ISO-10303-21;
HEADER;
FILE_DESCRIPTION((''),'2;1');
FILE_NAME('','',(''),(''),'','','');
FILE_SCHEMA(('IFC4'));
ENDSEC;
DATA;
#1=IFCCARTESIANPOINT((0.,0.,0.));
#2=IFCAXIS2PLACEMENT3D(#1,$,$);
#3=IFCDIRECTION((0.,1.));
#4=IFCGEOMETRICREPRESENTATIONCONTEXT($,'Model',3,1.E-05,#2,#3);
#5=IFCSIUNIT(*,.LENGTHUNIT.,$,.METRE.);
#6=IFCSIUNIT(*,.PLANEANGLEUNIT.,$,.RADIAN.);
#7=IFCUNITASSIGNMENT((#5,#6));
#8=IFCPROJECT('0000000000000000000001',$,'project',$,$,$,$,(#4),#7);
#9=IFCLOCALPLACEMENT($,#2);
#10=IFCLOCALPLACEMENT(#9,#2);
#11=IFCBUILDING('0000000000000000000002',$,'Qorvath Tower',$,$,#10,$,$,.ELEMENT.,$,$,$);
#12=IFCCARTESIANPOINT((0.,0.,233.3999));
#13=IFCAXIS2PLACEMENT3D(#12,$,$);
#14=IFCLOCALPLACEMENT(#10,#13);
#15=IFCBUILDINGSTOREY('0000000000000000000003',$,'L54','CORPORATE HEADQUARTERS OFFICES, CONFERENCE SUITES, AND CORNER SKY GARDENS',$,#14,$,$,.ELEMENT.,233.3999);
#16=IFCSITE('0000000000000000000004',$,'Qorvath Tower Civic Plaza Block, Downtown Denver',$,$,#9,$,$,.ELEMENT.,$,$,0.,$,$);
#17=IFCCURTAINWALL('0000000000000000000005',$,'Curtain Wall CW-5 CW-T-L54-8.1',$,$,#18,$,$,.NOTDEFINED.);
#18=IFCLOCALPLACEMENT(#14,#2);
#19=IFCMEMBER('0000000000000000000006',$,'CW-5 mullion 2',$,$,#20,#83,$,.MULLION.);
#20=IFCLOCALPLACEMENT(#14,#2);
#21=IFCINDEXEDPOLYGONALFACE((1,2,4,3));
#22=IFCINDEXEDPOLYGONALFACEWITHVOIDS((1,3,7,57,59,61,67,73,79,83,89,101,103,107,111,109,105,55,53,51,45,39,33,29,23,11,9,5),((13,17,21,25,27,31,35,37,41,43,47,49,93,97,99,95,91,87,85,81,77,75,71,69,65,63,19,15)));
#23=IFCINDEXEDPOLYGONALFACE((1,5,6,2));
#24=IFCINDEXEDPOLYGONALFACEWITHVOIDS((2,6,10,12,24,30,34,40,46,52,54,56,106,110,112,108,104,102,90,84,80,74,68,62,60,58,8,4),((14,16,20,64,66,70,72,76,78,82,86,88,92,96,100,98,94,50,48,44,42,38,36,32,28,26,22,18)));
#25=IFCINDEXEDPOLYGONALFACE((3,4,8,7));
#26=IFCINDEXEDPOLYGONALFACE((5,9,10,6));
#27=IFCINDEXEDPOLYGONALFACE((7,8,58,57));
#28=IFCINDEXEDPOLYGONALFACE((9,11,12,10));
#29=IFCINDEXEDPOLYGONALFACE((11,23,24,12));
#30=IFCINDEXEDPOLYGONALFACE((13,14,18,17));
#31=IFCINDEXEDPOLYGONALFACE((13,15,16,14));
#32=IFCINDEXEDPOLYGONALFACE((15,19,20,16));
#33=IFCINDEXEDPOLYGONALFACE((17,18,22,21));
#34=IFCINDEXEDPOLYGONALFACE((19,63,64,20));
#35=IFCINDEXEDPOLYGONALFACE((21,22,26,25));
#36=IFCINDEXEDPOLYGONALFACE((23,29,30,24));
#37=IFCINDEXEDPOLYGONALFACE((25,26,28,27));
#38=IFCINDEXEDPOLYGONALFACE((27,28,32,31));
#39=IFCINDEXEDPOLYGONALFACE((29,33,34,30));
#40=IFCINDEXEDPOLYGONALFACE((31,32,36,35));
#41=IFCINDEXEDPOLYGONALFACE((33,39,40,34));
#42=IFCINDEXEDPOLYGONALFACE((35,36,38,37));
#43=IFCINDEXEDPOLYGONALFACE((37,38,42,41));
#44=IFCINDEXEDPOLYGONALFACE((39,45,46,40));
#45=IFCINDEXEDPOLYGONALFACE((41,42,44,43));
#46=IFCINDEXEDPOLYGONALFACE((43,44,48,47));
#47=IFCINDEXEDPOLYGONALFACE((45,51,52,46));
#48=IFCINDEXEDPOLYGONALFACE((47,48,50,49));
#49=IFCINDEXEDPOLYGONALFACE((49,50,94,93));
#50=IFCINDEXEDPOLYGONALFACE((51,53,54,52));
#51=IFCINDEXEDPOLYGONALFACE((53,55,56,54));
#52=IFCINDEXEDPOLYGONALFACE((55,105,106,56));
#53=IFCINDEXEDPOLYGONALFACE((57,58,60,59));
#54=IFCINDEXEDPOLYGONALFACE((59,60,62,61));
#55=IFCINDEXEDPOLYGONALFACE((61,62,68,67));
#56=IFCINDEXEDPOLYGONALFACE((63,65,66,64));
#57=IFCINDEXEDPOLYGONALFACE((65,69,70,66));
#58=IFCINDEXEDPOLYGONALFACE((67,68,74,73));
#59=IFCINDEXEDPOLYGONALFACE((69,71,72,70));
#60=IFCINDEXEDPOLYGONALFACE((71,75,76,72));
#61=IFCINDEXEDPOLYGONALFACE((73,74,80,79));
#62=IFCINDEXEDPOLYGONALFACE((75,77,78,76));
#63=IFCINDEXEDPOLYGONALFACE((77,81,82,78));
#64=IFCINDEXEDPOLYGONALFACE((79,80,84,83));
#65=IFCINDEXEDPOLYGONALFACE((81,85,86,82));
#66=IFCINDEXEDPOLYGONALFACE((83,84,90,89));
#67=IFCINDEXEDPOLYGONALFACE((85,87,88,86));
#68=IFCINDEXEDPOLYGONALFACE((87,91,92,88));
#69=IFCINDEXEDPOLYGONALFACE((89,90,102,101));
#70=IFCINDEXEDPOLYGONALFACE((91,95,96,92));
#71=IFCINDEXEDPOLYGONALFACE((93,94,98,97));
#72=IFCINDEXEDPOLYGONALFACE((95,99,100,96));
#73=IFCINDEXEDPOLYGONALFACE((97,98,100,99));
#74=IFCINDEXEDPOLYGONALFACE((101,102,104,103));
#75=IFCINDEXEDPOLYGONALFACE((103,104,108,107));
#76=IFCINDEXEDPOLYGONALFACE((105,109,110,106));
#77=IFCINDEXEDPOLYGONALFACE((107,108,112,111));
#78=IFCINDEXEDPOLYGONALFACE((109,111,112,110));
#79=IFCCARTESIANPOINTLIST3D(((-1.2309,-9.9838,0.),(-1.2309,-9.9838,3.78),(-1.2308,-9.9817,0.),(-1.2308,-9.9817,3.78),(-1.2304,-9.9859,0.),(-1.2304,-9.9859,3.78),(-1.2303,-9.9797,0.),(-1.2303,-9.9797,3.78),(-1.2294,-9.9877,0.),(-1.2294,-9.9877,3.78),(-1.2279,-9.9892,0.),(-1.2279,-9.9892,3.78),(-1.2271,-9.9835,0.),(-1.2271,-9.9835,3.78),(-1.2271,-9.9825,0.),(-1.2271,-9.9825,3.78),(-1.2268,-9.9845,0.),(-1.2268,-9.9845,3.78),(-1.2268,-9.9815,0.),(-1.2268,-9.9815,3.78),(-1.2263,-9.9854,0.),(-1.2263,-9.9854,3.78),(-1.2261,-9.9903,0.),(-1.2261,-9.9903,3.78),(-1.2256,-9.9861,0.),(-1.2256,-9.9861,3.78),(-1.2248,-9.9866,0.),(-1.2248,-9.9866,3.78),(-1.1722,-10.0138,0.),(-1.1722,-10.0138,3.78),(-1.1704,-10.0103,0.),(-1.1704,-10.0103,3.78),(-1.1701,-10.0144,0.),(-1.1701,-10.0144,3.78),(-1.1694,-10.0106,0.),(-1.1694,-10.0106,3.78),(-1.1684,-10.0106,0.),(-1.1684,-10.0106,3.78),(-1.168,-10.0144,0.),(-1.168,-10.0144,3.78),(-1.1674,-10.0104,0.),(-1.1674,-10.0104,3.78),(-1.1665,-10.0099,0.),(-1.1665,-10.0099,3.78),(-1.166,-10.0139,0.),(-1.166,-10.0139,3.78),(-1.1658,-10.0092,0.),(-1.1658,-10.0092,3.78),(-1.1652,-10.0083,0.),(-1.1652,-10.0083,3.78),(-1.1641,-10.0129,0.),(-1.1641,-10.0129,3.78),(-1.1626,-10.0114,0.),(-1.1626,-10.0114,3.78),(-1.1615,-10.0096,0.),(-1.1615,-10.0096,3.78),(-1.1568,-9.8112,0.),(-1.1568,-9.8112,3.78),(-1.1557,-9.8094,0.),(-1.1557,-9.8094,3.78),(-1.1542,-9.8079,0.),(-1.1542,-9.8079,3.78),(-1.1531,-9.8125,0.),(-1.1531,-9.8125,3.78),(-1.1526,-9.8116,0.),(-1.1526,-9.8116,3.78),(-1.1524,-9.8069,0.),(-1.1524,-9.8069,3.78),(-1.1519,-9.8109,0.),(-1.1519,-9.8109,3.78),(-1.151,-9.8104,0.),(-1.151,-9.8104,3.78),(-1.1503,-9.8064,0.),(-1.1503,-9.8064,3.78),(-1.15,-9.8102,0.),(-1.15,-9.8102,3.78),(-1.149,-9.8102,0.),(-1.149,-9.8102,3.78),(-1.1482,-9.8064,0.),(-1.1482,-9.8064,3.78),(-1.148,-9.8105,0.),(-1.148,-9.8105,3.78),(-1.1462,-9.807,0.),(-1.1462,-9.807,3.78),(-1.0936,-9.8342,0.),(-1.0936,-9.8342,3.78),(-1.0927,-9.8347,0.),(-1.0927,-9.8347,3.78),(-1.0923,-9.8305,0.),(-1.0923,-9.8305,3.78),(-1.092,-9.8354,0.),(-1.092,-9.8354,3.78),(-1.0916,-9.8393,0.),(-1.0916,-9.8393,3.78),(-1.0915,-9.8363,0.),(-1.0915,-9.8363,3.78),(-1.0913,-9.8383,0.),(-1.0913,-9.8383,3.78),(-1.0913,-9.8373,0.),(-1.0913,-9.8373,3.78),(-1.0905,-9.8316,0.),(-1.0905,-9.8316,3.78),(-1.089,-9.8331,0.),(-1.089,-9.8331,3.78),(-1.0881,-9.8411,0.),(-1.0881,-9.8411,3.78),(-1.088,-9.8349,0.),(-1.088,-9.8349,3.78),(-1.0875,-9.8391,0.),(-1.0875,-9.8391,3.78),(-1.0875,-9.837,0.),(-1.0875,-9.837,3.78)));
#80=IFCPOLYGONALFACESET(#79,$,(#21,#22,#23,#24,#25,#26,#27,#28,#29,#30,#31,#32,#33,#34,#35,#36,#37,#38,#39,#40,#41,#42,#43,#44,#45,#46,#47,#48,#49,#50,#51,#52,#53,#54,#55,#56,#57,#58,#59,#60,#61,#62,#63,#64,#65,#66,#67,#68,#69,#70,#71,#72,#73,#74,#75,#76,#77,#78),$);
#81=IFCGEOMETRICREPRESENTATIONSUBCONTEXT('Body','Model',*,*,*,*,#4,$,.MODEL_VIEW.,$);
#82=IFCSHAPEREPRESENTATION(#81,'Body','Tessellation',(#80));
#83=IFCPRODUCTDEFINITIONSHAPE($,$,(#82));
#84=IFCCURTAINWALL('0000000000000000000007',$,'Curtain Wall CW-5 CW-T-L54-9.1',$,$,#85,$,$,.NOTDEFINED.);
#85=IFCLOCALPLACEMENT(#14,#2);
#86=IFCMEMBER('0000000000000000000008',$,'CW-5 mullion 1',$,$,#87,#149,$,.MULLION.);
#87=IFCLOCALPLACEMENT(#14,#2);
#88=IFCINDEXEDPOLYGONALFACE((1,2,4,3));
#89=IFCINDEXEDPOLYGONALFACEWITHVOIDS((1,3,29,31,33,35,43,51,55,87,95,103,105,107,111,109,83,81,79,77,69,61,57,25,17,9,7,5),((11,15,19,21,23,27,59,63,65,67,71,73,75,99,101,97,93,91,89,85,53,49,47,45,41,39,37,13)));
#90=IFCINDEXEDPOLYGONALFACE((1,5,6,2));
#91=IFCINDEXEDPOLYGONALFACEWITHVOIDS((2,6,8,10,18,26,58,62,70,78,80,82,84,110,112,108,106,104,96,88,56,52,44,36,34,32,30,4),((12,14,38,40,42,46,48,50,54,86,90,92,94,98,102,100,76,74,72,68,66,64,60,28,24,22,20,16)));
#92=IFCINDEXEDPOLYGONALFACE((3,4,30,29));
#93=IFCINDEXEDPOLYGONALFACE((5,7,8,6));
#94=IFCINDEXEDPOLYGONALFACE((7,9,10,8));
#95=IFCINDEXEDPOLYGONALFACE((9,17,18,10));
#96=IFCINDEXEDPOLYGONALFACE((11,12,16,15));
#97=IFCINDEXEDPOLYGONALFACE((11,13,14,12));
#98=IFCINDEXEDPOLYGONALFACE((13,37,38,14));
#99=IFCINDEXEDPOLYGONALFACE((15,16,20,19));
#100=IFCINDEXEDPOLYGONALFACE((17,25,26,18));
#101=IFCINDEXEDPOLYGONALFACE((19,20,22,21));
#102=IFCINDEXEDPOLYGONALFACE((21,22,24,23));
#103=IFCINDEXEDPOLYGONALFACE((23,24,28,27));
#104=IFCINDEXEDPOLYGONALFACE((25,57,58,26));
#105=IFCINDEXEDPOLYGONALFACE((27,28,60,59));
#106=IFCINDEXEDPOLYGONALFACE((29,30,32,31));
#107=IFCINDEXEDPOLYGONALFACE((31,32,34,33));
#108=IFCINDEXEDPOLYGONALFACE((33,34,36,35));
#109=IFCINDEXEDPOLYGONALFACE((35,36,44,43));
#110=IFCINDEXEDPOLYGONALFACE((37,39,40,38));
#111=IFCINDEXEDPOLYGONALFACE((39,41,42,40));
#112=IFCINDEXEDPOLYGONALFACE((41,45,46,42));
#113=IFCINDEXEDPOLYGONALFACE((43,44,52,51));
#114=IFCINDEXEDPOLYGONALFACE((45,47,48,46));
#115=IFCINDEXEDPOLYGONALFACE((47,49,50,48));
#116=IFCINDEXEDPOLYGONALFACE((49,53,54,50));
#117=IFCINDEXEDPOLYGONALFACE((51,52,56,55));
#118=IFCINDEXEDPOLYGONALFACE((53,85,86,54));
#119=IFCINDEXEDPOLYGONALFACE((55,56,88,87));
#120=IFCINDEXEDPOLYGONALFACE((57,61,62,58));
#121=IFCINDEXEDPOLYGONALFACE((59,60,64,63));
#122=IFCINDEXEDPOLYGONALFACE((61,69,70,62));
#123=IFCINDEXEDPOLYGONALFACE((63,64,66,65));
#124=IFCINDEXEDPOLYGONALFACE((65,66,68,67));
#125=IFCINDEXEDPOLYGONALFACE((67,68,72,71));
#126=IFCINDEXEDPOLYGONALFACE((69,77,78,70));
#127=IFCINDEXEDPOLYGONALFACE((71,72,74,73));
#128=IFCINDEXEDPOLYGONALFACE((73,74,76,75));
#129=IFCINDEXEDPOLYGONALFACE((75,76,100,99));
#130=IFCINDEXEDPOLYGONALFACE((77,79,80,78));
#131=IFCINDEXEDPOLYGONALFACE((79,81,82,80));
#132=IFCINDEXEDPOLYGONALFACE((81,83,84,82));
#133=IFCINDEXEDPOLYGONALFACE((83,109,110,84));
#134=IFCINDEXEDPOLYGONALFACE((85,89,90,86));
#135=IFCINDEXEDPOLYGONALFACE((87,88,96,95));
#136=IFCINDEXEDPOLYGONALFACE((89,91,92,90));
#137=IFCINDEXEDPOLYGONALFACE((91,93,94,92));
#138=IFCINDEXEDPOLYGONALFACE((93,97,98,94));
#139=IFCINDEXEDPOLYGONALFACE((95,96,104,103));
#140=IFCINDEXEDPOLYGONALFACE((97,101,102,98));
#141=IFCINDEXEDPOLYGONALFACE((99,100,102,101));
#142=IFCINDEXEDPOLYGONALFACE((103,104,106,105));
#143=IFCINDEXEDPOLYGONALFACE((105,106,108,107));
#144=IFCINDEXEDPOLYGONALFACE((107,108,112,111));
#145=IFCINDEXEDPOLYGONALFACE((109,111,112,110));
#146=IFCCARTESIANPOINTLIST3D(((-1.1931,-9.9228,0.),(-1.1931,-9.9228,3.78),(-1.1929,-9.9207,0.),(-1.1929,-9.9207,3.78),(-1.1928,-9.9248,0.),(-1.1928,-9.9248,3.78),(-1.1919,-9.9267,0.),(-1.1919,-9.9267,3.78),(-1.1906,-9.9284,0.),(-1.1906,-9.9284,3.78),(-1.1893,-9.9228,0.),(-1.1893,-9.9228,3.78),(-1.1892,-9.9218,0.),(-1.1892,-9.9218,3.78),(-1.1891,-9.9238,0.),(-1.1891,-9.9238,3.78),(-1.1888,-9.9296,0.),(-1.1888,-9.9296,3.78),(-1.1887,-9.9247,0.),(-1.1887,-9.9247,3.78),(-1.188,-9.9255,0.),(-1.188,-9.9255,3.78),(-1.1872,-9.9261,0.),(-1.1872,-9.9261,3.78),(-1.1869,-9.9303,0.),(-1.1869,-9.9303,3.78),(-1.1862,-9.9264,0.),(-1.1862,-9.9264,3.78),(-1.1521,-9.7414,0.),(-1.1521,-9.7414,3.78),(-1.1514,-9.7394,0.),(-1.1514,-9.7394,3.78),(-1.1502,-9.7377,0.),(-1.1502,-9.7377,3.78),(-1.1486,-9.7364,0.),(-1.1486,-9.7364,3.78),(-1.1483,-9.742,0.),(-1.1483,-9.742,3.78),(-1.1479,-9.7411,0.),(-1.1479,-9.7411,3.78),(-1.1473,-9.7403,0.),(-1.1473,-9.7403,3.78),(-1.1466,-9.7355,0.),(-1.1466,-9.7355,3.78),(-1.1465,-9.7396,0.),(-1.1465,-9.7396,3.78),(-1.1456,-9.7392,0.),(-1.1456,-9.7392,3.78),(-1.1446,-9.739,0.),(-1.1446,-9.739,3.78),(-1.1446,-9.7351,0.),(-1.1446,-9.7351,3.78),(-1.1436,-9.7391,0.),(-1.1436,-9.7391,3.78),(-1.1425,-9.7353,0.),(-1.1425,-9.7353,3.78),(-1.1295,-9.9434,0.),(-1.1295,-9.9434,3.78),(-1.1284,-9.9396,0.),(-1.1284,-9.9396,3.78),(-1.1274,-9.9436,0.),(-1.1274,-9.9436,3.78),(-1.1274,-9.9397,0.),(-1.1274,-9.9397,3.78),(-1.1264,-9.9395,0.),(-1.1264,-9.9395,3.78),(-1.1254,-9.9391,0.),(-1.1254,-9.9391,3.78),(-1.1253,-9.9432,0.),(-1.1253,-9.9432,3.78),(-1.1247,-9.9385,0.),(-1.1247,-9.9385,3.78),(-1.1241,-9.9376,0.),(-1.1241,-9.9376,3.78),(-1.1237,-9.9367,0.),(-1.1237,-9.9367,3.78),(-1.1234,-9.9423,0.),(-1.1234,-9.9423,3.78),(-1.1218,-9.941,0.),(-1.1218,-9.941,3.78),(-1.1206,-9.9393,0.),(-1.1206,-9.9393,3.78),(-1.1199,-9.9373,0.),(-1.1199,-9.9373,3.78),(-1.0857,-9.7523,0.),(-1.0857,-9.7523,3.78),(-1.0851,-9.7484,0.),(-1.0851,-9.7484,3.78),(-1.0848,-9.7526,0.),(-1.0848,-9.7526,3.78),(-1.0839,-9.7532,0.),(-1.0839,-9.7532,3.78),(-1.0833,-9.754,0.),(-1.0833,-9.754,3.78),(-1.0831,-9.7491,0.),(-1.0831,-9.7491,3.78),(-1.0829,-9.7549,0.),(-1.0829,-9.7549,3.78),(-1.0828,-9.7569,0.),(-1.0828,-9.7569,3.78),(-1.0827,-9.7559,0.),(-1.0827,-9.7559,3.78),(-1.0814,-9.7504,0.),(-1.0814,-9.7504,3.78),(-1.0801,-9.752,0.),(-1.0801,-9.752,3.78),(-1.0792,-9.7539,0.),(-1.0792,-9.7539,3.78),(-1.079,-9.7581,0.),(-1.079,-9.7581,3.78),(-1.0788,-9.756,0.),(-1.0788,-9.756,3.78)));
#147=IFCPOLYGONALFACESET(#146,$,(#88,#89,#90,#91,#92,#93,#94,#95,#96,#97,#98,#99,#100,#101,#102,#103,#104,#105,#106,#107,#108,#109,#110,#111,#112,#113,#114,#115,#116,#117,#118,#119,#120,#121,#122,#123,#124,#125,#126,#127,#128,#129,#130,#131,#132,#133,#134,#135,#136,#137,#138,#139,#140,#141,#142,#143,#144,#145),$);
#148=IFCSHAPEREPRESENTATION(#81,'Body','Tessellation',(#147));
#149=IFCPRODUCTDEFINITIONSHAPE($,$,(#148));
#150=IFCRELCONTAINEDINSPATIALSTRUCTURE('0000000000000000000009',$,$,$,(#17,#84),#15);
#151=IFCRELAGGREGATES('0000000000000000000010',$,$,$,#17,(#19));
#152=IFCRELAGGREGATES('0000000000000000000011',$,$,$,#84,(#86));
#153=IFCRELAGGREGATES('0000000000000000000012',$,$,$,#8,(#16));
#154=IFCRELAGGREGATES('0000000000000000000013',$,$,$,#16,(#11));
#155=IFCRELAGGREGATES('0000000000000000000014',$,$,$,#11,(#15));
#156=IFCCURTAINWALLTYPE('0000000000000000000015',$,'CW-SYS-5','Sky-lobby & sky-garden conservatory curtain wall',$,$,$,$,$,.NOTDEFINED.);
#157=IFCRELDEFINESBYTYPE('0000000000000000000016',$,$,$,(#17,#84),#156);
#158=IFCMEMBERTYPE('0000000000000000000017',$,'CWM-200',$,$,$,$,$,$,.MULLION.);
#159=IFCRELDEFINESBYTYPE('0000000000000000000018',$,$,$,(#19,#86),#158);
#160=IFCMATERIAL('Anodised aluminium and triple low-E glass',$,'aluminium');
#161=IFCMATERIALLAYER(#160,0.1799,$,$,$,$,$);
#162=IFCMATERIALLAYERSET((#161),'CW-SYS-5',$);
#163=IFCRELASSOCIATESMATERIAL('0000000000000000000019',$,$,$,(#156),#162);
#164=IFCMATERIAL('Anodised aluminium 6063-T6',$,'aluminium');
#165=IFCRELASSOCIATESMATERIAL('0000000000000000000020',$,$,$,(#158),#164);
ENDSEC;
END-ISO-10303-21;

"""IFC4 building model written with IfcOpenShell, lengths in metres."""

from ifc_helpers import new_model, si_unit, direction, frame, origin, origin_2d, place, context, subcontext, project, spatial, hollow_rectangle, extrude, material, layer, layer_set, material_profile, profile_set, type_object, element, aggregate, save


model = new_model("IFC4")

# Units and contexts
model_context = context("Model", 3, precision=1e-05, world=origin(), true_north=direction((0.0, 1.0)))
body_context = subcontext(model_context, "Body", "Model", "MODEL_VIEW")
ifc_project = project(units=[si_unit("LENGTHUNIT", "METRE"), si_unit("PLANEANGLEUNIT", "RADIAN")], contexts=[model_context])

# Site, building, storey
site_placement = place(None, origin())
site = spatial("IfcSite", under=ifc_project, at=site_placement, Name="Qorvath Tower Civic Plaza Block, Downtown Denver", CompositionType="ELEMENT", RefElevation=0.0)
building_placement = place(site_placement, origin())
building = spatial("IfcBuilding", under=site, at=building_placement, Name="Qorvath Tower", CompositionType="ELEMENT")
storey_placement = place(building_placement, frame((0.0, 0.0, 233.3999)))
storey = spatial("IfcBuildingStorey", under=building, at=storey_placement, Name="L54", Description="CORPORATE HEADQUARTERS OFFICES, CONFERENCE SUITES, AND CORNER SKY GARDENS", CompositionType="ELEMENT", Elevation=233.3999)

# Curtain walls, members
ifc_material_1 = material(Name="Anodised aluminium and triple low-E glass", Category="aluminium")
ifc_layer_1 = layer(ifc_material_1, 0.1799)
ifc_layer_set_1 = layer_set([ifc_layer_1], Name="CW-SYS-5")
curtain_wall_type = type_object("IfcCurtainWallType", Name="CW-SYS-5", Description="Sky-lobby & sky-garden conservatory curtain wall", PredefinedType="NOTDEFINED", material=ifc_layer_set_1)
curtain_wall_1_placement = place(storey_placement, origin())
curtain_wall_1 = element("IfcCurtainWall", 1, at=curtain_wall_1_placement, inside=storey, type_object=curtain_wall_type, Name="Curtain Wall CW-5 CW-T-L54-8.1", PredefinedType="NOTDEFINED")
ifc_material_2 = material(Name="Anodised aluminium 6063-T6", Category="aluminium")
ifc_material_profile_1 = material_profile(ifc_material_2, hollow_rectangle(XDim=0.075, YDim=0.2, WallThickness=0.0039, InnerFilletRadius=0.0039, OuterFilletRadius=0.0081, at=origin_2d()), Name="CWM 200x75")
ifc_profile_set_1 = profile_set([ifc_material_profile_1], Name="Anodised aluminium 6063-T6")
member_type_1 = type_object("IfcMemberType", Name="CWM-200", PredefinedType="MULLION", material=ifc_profile_set_1)
member_1_placement = place(storey_placement, frame((-1.1592, -9.9104, 0.0), z_axis=(0.0, 0.0, 1.0), x_axis=(-0.916729, 0.399511, 0.0)))
member_1 = element("IfcMember", 2, at=member_1_placement, type_object=member_type_1, Name="CW-5 mullion 2", PredefinedType="MULLION", context=body_context, shape_type="SweptSolid", body=[
    extrude(hollow_rectangle(XDim=0.075, YDim=0.2, WallThickness=0.0039, InnerFilletRadius=0.0039, OuterFilletRadius=0.0081, at=origin_2d()), origin(), (0.0, 0.0, 1.0), 3.78),
])
curtain_wall_2_placement = place(storey_placement, origin())
curtain_wall_2 = element("IfcCurtainWall", 3, at=curtain_wall_2_placement, inside=storey, type_object=curtain_wall_type, Name="Curtain Wall CW-5 CW-T-L54-9.1", PredefinedType="NOTDEFINED")
member_2_placement = place(storey_placement, frame((-1.136, -9.8394, 0.0), z_axis=(0.0, 0.0, 1.0), x_axis=(-0.975037, 0.222042, 0.0)))
member_2 = element("IfcMember", 4, at=member_2_placement, type_object=member_type_1, Name="CW-5 mullion 1", PredefinedType="MULLION", context=body_context, shape_type="SweptSolid", body=[
    extrude(hollow_rectangle(XDim=0.075, YDim=0.2, WallThickness=0.0039, InnerFilletRadius=0.0039, OuterFilletRadius=0.0081, at=origin_2d()), origin(), (0.0, 0.0, 1.0), 3.78),
])

aggregate(curtain_wall_1, [member_1])
aggregate(curtain_wall_2, [member_2])

save(model, "model.ifc")
